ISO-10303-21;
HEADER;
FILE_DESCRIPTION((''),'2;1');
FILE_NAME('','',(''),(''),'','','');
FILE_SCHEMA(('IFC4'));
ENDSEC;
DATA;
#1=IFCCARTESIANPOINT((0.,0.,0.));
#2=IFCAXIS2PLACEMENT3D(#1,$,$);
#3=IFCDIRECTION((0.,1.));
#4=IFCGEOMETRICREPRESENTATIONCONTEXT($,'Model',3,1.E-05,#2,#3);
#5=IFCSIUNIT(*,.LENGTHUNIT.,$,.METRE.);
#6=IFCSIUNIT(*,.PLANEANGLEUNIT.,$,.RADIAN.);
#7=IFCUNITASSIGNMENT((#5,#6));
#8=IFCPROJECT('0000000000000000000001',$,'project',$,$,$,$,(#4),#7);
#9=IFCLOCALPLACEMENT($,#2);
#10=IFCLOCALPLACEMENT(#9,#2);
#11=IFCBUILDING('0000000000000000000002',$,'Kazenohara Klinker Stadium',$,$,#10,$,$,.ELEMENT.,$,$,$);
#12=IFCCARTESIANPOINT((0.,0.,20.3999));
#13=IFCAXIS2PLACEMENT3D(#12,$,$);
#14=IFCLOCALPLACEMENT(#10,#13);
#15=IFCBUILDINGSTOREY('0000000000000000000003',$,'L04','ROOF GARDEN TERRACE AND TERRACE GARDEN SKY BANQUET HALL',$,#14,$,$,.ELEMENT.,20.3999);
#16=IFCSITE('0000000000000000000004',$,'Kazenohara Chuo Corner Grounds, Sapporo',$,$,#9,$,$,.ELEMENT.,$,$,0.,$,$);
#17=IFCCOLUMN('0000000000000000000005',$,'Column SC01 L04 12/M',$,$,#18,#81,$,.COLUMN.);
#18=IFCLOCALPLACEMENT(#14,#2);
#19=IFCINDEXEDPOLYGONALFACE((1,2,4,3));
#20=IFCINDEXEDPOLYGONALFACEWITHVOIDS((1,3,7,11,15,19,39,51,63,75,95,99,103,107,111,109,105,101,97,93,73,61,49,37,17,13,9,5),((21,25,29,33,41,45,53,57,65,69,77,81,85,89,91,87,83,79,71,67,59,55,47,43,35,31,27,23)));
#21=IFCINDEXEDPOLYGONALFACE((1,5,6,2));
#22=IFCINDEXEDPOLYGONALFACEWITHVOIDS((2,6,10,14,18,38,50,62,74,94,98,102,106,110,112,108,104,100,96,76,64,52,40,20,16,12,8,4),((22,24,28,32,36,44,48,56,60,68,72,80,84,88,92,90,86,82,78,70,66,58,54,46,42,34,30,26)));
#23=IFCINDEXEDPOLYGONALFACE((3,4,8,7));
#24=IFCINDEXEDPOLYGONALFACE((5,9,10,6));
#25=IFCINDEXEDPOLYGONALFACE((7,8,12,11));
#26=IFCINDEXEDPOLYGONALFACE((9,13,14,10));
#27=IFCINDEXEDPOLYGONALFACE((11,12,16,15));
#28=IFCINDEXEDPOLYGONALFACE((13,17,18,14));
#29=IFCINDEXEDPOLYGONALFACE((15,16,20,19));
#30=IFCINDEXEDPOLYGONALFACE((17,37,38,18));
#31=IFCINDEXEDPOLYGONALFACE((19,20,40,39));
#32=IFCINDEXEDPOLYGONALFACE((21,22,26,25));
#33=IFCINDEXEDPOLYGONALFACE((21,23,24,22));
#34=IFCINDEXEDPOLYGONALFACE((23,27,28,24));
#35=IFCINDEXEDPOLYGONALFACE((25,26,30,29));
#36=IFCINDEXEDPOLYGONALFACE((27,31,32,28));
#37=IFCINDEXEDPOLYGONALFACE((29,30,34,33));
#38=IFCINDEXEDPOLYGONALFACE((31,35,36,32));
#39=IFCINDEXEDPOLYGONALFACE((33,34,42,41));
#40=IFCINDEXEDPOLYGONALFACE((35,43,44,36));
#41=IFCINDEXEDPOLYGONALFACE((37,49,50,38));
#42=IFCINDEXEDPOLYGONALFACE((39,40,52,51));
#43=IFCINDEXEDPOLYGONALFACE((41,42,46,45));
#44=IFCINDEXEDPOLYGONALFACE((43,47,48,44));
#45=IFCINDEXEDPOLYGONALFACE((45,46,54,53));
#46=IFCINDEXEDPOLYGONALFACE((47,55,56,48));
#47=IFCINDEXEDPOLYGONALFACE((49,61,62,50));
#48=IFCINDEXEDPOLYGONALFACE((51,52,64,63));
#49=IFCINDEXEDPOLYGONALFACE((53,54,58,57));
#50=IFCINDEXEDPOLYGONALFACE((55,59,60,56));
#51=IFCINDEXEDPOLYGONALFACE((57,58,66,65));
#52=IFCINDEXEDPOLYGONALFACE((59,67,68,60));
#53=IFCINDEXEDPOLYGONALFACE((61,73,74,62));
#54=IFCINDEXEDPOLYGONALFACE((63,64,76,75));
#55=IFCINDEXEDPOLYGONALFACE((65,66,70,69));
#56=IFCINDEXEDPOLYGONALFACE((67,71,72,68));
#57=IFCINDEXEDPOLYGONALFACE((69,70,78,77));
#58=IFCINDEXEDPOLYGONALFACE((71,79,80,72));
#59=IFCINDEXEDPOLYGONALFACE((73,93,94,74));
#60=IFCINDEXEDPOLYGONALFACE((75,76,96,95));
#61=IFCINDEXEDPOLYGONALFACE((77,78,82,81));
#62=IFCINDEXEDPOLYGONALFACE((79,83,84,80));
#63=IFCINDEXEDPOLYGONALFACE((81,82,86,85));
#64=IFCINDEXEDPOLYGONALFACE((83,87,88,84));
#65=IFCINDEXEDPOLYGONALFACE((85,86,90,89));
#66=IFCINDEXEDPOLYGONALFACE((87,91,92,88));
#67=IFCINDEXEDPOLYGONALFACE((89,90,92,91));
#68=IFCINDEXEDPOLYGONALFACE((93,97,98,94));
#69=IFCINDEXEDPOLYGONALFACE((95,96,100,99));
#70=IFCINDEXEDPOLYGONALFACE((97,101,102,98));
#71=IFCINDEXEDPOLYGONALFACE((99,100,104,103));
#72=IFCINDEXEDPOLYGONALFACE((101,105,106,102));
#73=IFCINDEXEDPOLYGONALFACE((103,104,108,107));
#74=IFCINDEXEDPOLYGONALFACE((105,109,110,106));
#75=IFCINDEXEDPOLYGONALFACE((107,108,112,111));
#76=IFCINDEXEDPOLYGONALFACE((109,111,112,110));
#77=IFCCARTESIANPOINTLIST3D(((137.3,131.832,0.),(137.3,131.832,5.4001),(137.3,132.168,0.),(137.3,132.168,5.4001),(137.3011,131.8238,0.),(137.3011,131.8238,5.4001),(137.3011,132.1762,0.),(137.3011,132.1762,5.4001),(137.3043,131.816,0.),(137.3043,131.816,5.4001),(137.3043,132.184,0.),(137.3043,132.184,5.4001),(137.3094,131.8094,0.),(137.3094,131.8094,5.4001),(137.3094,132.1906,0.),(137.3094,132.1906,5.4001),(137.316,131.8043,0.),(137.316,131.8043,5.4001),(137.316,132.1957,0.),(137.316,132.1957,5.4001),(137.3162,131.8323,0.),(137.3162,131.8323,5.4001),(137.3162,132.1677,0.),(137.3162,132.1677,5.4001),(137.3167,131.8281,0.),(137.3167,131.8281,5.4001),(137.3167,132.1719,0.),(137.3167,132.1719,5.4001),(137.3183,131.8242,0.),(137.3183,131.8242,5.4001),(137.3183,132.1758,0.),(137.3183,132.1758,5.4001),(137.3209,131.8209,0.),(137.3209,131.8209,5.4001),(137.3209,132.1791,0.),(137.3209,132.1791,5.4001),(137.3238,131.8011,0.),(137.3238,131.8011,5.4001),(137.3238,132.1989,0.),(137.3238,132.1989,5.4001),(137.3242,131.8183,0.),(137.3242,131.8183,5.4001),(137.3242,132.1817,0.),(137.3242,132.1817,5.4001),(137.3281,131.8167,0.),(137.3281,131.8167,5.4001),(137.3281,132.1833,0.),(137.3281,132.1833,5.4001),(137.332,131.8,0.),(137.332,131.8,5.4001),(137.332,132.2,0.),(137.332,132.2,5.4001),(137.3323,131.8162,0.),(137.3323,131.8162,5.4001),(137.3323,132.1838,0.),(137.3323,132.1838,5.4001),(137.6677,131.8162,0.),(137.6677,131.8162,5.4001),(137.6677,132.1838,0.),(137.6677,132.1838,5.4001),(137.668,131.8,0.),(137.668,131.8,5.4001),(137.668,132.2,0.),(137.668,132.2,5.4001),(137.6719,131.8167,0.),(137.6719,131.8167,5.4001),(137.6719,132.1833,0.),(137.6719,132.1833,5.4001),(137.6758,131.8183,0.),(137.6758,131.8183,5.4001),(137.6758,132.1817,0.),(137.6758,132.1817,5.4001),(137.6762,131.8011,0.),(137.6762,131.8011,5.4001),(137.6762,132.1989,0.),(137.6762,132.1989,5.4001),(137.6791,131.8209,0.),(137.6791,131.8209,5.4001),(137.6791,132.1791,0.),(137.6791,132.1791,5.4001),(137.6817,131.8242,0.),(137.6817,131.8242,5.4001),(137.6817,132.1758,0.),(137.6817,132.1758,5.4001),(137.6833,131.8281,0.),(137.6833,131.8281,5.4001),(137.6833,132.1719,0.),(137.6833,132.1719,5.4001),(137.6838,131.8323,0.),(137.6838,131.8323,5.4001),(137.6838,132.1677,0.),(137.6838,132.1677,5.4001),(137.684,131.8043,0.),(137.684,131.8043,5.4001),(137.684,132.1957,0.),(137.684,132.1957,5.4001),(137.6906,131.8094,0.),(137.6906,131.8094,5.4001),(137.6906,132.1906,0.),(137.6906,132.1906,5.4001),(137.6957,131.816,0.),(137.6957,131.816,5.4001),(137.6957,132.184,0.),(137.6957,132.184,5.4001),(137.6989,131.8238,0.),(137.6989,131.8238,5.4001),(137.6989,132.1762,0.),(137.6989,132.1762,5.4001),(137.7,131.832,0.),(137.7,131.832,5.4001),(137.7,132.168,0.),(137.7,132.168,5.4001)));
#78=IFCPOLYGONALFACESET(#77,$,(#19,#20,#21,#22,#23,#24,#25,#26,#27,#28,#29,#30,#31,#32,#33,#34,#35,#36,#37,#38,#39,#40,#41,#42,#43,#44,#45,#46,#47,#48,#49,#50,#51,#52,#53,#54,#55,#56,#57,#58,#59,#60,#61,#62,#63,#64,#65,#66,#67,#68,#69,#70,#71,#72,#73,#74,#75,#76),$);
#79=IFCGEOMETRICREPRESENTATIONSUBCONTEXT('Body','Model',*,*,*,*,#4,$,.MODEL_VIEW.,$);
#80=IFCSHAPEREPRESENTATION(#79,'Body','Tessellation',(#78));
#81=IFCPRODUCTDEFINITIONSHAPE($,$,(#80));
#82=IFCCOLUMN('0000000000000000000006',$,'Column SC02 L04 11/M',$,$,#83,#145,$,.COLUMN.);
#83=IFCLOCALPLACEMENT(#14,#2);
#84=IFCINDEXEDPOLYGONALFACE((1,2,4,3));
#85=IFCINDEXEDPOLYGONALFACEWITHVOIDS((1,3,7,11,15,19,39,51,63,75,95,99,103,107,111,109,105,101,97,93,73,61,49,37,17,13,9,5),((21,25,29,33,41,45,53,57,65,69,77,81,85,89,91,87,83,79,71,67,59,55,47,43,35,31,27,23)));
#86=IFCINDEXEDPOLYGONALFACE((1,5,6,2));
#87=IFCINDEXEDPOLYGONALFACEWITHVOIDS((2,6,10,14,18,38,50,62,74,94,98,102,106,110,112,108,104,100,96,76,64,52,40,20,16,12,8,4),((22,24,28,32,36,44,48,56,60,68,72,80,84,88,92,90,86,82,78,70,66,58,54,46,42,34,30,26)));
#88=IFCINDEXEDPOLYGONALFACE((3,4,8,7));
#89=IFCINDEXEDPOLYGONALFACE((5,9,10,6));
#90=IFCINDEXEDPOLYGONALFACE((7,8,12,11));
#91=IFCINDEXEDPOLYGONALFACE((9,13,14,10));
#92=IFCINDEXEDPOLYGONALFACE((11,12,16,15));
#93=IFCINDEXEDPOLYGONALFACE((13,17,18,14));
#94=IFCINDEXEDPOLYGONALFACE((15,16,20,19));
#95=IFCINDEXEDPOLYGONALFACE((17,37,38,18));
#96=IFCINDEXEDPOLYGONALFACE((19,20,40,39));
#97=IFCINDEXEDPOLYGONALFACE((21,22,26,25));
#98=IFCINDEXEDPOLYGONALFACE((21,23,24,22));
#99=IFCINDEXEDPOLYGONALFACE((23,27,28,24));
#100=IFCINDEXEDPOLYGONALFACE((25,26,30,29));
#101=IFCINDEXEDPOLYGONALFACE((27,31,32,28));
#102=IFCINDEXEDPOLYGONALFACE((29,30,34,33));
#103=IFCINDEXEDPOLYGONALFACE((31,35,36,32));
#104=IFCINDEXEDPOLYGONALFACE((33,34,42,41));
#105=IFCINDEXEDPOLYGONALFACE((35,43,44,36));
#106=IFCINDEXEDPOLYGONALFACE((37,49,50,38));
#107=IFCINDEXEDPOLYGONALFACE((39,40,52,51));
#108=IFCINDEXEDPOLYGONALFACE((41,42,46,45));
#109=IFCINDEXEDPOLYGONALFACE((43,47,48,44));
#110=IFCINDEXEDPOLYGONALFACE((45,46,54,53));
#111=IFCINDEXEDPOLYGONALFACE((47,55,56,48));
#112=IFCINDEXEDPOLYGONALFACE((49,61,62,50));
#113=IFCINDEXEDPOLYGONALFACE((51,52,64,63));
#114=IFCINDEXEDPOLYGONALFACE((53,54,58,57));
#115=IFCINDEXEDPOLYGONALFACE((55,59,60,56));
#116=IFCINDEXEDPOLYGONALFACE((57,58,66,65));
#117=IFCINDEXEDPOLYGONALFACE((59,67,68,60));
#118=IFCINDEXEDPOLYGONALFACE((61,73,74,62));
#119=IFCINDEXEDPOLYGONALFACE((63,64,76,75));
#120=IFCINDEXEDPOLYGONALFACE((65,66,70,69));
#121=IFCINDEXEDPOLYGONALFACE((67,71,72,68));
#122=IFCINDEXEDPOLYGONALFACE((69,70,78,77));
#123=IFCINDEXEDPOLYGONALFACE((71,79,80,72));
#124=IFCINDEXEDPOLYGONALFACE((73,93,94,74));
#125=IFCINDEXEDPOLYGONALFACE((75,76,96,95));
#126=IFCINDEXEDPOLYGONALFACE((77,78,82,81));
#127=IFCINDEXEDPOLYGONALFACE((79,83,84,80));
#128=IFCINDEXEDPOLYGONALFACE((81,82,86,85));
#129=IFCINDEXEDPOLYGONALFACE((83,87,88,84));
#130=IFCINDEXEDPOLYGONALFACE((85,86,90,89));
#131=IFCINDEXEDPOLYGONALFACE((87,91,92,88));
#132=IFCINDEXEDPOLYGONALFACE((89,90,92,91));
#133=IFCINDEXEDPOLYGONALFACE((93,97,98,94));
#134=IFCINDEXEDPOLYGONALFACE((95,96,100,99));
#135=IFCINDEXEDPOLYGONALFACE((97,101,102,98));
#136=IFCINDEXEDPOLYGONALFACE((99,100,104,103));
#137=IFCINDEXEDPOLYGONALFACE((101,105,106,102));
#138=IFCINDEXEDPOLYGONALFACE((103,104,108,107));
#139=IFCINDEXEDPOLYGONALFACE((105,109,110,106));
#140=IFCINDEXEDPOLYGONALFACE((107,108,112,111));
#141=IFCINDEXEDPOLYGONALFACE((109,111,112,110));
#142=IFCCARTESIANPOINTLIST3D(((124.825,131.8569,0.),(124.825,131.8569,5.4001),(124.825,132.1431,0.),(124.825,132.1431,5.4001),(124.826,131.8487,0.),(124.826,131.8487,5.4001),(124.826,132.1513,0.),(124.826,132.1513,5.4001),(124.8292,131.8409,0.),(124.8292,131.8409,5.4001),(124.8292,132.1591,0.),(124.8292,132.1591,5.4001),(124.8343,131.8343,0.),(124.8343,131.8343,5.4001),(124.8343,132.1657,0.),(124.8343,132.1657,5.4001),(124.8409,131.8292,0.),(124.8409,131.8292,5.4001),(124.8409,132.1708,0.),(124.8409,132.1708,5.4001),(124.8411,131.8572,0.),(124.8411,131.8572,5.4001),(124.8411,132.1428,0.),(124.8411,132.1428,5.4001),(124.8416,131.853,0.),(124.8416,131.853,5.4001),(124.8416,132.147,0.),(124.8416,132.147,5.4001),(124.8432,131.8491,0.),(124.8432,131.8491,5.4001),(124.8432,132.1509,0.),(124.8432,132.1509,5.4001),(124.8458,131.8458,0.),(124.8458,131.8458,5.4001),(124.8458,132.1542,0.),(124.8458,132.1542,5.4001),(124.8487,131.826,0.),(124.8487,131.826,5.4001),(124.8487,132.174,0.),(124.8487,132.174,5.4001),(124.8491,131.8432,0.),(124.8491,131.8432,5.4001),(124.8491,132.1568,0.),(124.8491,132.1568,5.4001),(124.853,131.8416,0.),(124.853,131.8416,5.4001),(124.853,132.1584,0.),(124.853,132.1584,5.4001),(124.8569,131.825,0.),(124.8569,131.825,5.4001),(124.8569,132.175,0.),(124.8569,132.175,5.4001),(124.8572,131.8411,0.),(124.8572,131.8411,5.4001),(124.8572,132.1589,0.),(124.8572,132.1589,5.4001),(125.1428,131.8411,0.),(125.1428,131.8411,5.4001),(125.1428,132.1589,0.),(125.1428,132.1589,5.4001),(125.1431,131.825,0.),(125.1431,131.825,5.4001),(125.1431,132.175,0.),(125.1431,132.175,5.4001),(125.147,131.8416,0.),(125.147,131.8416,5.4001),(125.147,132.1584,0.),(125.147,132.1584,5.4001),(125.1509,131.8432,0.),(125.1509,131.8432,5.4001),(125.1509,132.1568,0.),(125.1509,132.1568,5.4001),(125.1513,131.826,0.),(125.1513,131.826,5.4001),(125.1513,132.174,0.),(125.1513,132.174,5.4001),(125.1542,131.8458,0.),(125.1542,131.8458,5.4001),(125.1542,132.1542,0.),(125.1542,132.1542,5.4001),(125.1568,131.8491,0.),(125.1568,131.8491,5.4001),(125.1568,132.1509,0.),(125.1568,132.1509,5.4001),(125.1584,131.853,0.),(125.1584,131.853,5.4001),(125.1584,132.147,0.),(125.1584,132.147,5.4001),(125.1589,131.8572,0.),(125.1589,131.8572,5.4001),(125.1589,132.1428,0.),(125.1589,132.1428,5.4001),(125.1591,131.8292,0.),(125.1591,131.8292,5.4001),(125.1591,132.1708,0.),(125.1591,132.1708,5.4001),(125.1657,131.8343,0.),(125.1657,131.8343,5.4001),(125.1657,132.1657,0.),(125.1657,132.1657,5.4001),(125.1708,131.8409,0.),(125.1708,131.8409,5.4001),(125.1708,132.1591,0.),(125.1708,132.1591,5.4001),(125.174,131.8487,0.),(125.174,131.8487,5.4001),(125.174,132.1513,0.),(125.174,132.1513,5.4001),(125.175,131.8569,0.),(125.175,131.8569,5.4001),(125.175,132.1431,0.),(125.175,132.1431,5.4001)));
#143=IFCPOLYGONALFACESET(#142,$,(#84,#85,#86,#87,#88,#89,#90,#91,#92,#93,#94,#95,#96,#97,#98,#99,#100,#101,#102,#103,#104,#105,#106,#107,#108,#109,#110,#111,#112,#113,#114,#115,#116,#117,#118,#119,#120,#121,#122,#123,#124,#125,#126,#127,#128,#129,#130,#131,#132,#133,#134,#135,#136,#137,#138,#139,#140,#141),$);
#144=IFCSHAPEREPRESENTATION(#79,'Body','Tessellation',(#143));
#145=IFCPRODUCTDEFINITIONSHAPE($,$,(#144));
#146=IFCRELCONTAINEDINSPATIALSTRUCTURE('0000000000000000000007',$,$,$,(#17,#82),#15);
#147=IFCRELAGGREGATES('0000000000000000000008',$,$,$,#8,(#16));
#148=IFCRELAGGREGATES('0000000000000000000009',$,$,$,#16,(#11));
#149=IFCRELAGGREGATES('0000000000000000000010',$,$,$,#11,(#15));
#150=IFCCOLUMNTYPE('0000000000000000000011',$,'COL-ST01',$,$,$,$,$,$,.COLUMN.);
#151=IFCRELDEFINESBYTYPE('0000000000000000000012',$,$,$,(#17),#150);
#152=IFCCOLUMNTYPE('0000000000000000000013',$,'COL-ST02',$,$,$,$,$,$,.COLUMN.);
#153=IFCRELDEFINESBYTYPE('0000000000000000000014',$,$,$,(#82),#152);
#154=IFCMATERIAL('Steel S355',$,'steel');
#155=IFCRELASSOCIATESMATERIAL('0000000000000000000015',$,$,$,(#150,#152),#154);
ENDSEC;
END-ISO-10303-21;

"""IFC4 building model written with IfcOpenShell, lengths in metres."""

from ifc_helpers import new_model, si_unit, direction, frame, origin, origin_2d, place, context, subcontext, project, spatial, hollow_rectangle, extrude, material, material_profile, profile_set, type_object, element, save


model = new_model("IFC4")

# Units and contexts
model_context = context("Model", 3, precision=1e-05, world=origin(), true_north=direction((0.0, 1.0)))
body_context = subcontext(model_context, "Body", "Model", "MODEL_VIEW")
ifc_project = project(units=[si_unit("LENGTHUNIT", "METRE"), si_unit("PLANEANGLEUNIT", "RADIAN")], contexts=[model_context])

# Site, building, storey
site_placement = place(None, origin())
site = spatial("IfcSite", under=ifc_project, at=site_placement, Name="Kazenohara Chuo Corner Grounds, Sapporo", CompositionType="ELEMENT", RefElevation=0.0)
building_placement = place(site_placement, origin())
building = spatial("IfcBuilding", under=site, at=building_placement, Name="Kazenohara Klinker Stadium", CompositionType="ELEMENT")
storey_placement = place(building_placement, frame((0.0, 0.0, 20.3999)))
storey = spatial("IfcBuildingStorey", under=building, at=storey_placement, Name="L04", Description="ROOF GARDEN TERRACE AND TERRACE GARDEN SKY BANQUET HALL", CompositionType="ELEMENT", Elevation=20.3999)

# Columns
ifc_material_1 = material(Name="Steel S355", Category="steel")
ifc_material_profile_1 = material_profile(ifc_material_1, hollow_rectangle(XDim=0.3999, YDim=0.3999, WallThickness=0.0161, InnerFilletRadius=0.0161, OuterFilletRadius=0.032, at=origin_2d()), Name="SHS-400x400x16")
ifc_profile_set_1 = profile_set([ifc_material_profile_1], Name="Steel S355")
column_type_1 = type_object("IfcColumnType", Name="COL-ST01", PredefinedType="COLUMN", material=ifc_profile_set_1)
column_1_placement = place(storey_placement, frame((137.5, 132.0, 0.0), z_axis=(0.0, 0.0, 1.0), x_axis=(1.0, 0.0, 0.0)))
element("IfcColumn", 1, at=column_1_placement, inside=storey, type_object=column_type_1, Name="Column SC01 L04 12/M", PredefinedType="COLUMN", context=body_context, shape_type="SweptSolid", body=[
    extrude(hollow_rectangle(XDim=0.3999, YDim=0.3999, WallThickness=0.0161, InnerFilletRadius=0.0161, OuterFilletRadius=0.032, at=origin_2d()), origin(), (0.0, 0.0, 1.0), 5.4001),
])
ifc_material_profile_2 = material_profile(ifc_material_1, hollow_rectangle(XDim=0.3501, YDim=0.3501, WallThickness=0.0161, InnerFilletRadius=0.0161, OuterFilletRadius=0.032, at=origin_2d()), Name="SHS-350x350x16")
ifc_profile_set_2 = profile_set([ifc_material_profile_2], Name="Steel S355")
column_type_2 = type_object("IfcColumnType", Name="COL-ST02", PredefinedType="COLUMN", material=ifc_profile_set_2)
column_2_placement = place(storey_placement, frame((125.0, 132.0, 0.0), z_axis=(0.0, 0.0, 1.0), x_axis=(1.0, 0.0, 0.0)))
element("IfcColumn", 2, at=column_2_placement, inside=storey, type_object=column_type_2, Name="Column SC02 L04 11/M", PredefinedType="COLUMN", context=body_context, shape_type="SweptSolid", body=[
    extrude(hollow_rectangle(XDim=0.3501, YDim=0.3501, WallThickness=0.0161, InnerFilletRadius=0.0161, OuterFilletRadius=0.032, at=origin_2d()), origin(), (0.0, 0.0, 1.0), 5.4001),
])

save(model, "model.ifc")
